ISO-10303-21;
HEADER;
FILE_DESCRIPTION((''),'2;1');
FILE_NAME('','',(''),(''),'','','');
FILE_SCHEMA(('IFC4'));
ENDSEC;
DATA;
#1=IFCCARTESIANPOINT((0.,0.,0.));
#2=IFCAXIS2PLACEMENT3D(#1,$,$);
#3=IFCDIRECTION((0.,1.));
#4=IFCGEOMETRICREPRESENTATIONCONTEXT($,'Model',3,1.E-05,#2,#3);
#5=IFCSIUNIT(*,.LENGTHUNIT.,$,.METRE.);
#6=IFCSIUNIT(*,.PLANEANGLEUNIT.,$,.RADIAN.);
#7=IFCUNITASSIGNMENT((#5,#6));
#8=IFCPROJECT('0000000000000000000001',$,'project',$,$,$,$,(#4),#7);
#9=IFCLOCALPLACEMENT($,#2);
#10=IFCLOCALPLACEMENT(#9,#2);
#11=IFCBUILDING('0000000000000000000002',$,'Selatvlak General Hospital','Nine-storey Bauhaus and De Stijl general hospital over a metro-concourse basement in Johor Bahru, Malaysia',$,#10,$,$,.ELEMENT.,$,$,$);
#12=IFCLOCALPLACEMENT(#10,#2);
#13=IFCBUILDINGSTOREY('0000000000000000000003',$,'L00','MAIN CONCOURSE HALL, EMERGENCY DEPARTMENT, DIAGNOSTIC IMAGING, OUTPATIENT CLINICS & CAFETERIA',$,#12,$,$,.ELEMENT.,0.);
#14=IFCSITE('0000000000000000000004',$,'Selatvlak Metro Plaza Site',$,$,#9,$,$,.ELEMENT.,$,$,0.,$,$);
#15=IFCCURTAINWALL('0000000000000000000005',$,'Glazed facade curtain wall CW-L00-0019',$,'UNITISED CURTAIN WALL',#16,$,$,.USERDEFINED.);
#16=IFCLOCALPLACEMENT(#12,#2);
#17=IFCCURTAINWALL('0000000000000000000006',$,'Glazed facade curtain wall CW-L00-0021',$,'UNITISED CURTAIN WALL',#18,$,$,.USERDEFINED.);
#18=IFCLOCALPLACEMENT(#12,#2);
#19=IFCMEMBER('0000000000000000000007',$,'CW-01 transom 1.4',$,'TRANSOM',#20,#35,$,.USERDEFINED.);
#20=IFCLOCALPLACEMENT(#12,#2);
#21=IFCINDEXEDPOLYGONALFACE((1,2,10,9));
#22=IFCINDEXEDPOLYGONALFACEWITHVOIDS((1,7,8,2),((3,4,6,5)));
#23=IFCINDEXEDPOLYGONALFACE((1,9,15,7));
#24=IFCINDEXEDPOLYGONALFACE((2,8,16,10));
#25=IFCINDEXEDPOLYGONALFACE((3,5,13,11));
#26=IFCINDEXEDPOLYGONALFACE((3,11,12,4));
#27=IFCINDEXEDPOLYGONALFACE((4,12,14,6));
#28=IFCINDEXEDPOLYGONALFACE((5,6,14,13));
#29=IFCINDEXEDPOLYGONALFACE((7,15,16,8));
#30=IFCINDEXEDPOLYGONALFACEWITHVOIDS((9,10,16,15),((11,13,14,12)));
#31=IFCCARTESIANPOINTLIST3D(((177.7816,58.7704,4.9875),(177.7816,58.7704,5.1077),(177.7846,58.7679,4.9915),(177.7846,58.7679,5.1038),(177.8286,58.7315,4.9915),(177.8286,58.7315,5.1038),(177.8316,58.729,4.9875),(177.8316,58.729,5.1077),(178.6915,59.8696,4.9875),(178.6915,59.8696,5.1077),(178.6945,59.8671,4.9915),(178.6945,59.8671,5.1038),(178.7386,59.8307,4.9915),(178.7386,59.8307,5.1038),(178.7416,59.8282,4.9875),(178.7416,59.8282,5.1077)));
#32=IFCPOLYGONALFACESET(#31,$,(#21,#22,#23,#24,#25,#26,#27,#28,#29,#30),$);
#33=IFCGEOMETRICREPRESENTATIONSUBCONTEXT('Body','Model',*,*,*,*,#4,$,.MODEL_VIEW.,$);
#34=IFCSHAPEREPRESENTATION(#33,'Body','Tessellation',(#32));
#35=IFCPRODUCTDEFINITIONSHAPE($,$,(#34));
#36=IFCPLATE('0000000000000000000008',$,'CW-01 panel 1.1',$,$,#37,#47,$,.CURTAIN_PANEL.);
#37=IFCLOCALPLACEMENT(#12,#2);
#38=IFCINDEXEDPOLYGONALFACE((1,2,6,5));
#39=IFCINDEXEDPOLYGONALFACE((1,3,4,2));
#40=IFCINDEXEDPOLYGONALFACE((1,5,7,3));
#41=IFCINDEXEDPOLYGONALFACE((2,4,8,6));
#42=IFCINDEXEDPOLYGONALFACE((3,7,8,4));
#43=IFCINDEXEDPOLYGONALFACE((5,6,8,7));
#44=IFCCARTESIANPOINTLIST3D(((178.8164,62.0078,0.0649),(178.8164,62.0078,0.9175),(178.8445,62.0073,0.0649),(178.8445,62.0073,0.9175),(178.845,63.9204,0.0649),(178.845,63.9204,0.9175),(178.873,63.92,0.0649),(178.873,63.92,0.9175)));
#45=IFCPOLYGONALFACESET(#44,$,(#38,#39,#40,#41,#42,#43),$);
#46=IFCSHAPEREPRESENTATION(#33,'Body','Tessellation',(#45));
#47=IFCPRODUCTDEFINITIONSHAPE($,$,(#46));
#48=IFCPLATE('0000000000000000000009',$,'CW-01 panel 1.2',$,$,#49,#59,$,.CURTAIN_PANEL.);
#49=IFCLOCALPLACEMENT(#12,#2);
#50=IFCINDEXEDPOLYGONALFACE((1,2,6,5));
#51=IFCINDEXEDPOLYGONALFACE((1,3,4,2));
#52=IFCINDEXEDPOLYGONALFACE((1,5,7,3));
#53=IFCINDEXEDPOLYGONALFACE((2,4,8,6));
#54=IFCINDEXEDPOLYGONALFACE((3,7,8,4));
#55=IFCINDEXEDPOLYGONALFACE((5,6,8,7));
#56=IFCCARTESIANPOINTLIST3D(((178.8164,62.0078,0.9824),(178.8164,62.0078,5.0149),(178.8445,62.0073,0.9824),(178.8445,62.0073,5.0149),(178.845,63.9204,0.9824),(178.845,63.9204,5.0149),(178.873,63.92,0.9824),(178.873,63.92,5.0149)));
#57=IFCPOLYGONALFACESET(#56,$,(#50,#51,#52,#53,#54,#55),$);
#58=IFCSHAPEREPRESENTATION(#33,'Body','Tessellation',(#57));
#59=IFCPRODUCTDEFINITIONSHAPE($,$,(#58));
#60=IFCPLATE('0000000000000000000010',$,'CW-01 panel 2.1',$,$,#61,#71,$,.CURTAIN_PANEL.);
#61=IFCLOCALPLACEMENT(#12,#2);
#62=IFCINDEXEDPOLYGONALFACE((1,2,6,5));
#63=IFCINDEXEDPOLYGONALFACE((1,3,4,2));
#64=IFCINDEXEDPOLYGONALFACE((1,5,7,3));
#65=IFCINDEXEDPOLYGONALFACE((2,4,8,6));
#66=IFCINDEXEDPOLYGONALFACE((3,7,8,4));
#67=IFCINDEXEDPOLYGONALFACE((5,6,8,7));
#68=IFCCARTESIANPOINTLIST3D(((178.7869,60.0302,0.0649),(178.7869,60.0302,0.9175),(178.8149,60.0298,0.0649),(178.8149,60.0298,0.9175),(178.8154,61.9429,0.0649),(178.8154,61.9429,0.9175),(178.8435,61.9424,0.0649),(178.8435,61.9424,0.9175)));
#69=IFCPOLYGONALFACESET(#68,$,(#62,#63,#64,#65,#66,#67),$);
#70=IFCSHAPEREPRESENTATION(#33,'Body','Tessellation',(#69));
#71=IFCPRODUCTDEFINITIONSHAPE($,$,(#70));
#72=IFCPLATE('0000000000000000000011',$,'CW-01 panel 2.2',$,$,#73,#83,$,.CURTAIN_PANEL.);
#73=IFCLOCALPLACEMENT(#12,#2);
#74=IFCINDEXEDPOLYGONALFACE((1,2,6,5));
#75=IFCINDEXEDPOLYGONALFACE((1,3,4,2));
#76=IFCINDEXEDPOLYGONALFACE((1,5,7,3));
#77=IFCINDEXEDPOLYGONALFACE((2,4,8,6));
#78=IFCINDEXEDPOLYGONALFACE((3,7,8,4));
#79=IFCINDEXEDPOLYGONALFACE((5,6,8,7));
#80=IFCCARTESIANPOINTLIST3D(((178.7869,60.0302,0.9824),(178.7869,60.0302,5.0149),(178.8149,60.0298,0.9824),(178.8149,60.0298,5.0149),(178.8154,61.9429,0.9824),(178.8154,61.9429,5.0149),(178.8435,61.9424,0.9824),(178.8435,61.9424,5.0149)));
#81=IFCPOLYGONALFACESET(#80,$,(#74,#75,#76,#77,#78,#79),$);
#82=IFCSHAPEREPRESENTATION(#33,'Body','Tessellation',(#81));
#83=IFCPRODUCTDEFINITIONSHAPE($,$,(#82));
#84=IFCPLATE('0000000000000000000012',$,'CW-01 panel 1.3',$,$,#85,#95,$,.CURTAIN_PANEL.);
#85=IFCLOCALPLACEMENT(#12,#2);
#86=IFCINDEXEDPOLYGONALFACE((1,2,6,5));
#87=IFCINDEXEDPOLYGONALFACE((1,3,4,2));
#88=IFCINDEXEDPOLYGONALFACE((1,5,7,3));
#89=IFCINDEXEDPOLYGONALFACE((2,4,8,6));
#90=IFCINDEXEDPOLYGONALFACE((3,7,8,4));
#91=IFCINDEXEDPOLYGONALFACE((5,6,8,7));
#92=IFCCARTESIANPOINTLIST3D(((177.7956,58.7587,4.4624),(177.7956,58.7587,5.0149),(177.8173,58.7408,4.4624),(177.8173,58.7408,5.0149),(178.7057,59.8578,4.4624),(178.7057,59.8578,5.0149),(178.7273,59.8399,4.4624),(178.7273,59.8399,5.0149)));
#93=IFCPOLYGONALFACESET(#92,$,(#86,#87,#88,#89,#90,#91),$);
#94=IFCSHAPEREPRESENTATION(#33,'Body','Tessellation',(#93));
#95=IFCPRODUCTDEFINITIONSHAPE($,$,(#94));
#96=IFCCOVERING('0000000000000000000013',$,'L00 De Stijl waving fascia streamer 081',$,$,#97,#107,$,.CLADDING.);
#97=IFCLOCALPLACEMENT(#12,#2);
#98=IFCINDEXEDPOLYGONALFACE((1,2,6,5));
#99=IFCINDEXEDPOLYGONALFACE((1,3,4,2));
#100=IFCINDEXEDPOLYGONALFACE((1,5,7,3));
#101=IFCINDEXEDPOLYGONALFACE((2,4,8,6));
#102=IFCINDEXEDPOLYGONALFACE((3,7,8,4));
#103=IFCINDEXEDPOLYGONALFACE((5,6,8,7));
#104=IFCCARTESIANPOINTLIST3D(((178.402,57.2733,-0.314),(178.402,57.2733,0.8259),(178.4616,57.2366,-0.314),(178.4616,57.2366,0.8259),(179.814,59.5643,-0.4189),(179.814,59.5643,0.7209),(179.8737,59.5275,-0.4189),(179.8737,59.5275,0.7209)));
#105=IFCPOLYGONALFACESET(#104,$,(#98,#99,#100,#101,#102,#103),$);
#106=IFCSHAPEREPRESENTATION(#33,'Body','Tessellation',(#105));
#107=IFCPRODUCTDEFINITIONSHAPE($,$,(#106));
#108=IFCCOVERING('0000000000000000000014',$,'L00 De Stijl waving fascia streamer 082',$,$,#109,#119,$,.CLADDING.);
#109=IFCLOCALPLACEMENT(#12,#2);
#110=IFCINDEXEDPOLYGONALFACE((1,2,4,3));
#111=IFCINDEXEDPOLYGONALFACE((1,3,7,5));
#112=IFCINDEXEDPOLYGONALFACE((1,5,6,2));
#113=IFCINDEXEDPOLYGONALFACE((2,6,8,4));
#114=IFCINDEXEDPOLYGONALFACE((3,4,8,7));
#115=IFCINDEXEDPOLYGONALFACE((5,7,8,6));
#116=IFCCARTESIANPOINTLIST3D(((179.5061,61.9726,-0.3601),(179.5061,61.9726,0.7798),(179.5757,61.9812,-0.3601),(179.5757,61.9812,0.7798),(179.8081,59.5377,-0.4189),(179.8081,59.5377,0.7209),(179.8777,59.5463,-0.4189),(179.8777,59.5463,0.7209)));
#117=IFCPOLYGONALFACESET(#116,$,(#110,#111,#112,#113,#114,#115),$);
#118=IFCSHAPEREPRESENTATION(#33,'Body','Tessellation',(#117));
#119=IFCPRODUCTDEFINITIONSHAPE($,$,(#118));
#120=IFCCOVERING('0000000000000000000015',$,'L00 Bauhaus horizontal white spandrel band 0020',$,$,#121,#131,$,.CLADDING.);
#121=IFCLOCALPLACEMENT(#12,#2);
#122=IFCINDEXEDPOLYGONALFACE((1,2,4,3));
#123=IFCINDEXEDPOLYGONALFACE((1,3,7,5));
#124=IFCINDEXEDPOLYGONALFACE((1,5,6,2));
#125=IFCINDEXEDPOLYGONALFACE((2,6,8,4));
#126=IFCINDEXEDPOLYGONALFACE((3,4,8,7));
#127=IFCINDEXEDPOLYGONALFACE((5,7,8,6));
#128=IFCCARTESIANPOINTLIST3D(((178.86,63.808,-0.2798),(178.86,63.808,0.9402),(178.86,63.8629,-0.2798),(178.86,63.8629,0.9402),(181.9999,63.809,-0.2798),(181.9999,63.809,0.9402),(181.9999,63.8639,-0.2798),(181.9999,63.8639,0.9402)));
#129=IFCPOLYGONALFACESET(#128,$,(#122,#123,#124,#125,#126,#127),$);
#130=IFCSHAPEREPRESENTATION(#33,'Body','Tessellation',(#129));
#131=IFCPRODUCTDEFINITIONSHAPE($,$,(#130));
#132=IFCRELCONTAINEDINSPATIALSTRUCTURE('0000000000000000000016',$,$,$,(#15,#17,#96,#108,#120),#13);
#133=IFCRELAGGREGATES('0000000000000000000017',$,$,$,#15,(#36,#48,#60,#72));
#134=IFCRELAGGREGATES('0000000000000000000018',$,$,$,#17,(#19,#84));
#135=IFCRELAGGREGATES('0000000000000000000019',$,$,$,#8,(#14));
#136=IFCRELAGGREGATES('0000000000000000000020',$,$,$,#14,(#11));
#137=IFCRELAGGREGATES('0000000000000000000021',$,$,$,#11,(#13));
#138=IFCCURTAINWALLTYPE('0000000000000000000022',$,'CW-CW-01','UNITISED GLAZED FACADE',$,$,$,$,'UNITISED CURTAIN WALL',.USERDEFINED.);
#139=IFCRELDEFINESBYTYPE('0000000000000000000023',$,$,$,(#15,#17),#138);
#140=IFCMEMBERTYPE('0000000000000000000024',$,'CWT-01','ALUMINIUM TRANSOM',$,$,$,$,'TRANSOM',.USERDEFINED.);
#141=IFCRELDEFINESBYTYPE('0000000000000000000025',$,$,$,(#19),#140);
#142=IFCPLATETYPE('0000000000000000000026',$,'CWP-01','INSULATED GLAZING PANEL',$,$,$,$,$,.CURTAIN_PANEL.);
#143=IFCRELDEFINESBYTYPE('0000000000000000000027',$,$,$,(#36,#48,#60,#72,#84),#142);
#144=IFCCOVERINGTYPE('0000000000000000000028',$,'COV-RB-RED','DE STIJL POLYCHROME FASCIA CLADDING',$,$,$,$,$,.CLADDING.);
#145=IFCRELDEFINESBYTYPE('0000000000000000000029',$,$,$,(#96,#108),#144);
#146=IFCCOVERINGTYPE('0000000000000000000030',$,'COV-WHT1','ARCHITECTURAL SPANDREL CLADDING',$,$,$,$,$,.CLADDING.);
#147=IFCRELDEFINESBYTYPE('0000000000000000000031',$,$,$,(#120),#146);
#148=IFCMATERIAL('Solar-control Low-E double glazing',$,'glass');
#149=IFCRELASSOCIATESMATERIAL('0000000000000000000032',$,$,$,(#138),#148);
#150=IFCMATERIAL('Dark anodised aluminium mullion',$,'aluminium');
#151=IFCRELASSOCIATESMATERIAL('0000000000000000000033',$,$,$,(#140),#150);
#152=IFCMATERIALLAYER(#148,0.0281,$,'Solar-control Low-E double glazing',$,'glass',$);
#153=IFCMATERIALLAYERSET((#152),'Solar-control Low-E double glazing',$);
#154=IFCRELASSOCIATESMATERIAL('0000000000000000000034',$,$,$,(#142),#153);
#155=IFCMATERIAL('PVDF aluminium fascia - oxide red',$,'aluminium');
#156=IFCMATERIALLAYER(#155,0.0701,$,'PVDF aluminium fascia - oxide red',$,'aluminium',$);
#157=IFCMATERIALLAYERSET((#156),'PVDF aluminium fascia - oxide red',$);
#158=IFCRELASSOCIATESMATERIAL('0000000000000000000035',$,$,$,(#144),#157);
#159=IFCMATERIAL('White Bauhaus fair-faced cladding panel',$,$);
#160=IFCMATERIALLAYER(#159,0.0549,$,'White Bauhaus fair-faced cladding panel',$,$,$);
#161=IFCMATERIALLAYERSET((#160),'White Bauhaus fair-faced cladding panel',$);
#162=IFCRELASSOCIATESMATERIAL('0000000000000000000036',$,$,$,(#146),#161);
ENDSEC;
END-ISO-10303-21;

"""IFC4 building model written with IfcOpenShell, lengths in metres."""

from ifc_helpers import new_model, si_unit, direction, frame, origin, origin_2d, place, context, subcontext, project, spatial, polyline, rectangle, hollow_rectangle, outline, extrude, material, layer, layer_set, material_profile, profile_set, type_object, element, aggregate, save


model = new_model("IFC4")

# Units and contexts
model_context = context("Model", 3, precision=1e-05, world=origin(), true_north=direction((0.0, 1.0)))
body_context = subcontext(model_context, "Body", "Model", "MODEL_VIEW")
ifc_project = project(units=[si_unit("LENGTHUNIT", "METRE"), si_unit("PLANEANGLEUNIT", "RADIAN")], contexts=[model_context])

# Site, building, storey
site_placement = place(None, origin())
site = spatial("IfcSite", under=ifc_project, at=site_placement, Name="Selatvlak Metro Plaza Site", CompositionType="ELEMENT", RefElevation=0.0)
building_placement = place(site_placement, origin())
building = spatial("IfcBuilding", under=site, at=building_placement, Name="Selatvlak General Hospital", Description="Nine-storey Bauhaus and De Stijl general hospital over a metro-concourse basement in Johor Bahru, Malaysia", CompositionType="ELEMENT")
storey_placement = place(building_placement, origin())
storey = spatial("IfcBuildingStorey", under=building, at=storey_placement, Name="L00", Description="MAIN CONCOURSE HALL, EMERGENCY DEPARTMENT, DIAGNOSTIC IMAGING, OUTPATIENT CLINICS & CAFETERIA", CompositionType="ELEMENT", Elevation=0.0)

# Curtain wall
ifc_material_1 = material(Name="Solar-control Low-E double glazing", Category="glass")
curtain_wall_type = type_object("IfcCurtainWallType", Name="CW-CW-01", Description="UNITISED GLAZED FACADE", ElementType="UNITISED CURTAIN WALL", PredefinedType="USERDEFINED", material=ifc_material_1)
curtain_wall_1_placement = place(storey_placement, origin())
curtain_wall_1 = element("IfcCurtainWall", 1, at=curtain_wall_1_placement, inside=storey, type_object=curtain_wall_type, Name="Glazed facade curtain wall CW-L00-0019", ObjectType="UNITISED CURTAIN WALL", PredefinedType="USERDEFINED")
ifc_material_2 = material(Name="Dark anodised aluminium mullion", Category="aluminium")

# Curtain wall
curtain_wall_2_placement = place(storey_placement, origin())
curtain_wall_2 = element("IfcCurtainWall", 2, at=curtain_wall_2_placement, inside=storey, type_object=curtain_wall_type, Name="Glazed facade curtain wall CW-L00-0021", ObjectType="UNITISED CURTAIN WALL", PredefinedType="USERDEFINED")

# Member
ifc_material_profile_1 = material_profile(ifc_material_2, hollow_rectangle(XDim=0.0649, YDim=0.1201, WallThickness=0.0039, at=origin_2d()), Name="AL-TRN 65x120x4")
ifc_profile_set_1 = profile_set([ifc_material_profile_1], Name="Dark anodised aluminium mullion")
member_type_1 = type_object("IfcMemberType", Name="CWT-01", Description="ALUMINIUM TRANSOM", ElementType="TRANSOM", PredefinedType="USERDEFINED", material=ifc_profile_set_1)
member_1_placement = place(storey_placement, frame((178.7166, 59.8489, 5.0476), z_axis=(-0.63769, -0.770293, 0.0), x_axis=(0.770293, -0.63769, 0.0)))
member_1 = element("IfcMember", 3, at=member_1_placement, type_object=member_type_1, Name="CW-01 transom 1.4", ObjectType="TRANSOM", PredefinedType="USERDEFINED", context=body_context, shape_type="SweptSolid", body=[
    extrude(hollow_rectangle(XDim=0.0649, YDim=0.1201, WallThickness=0.0039, at=origin_2d()), origin(), (0.0, 0.0, 1.0), 1.427),
])

# Plates
ifc_layer_1 = layer(ifc_material_1, 0.0281, Name="Solar-control Low-E double glazing", Category="glass")
ifc_layer_set_1 = layer_set([ifc_layer_1], Name="Solar-control Low-E double glazing")
plate_type = type_object("IfcPlateType", Name="CWP-01", Description="INSULATED GLAZING PANEL", PredefinedType="CURTAIN_PANEL", material=ifc_layer_set_1)
plate_1_placement = place(storey_placement, frame((178.8447, 62.9639, 0.0649), z_axis=(0.0, 0.0, 1.0), x_axis=(-0.014924, -0.999889, 0.0)))
plate_1 = element("IfcPlate", 4, at=plate_1_placement, type_object=plate_type, Name="CW-01 panel 1.1", PredefinedType="CURTAIN_PANEL", context=body_context, shape_type="SweptSolid", body=[
    extrude(rectangle(XDim=1.9128, YDim=0.0281, at=origin_2d()), origin(), (0.0, 0.0, 1.0), 0.8525),
])
plate_2_placement = place(storey_placement, frame((178.8447, 62.9639, 0.9824), z_axis=(0.0, 0.0, 1.0), x_axis=(-0.014924, -0.999889, 0.0)))
plate_2 = element("IfcPlate", 5, at=plate_2_placement, type_object=plate_type, Name="CW-01 panel 1.2", PredefinedType="CURTAIN_PANEL", context=body_context, shape_type="SweptSolid", body=[
    extrude(rectangle(XDim=1.9128, YDim=0.0281, at=origin_2d()), origin(), (0.0, 0.0, 1.0), 4.0325),
])
plate_3_placement = place(storey_placement, frame((178.8152, 60.9863, 0.0649), z_axis=(0.0, 0.0, 1.0), x_axis=(-0.014924, -0.999889, 0.0)))
plate_3 = element("IfcPlate", 6, at=plate_3_placement, type_object=plate_type, Name="CW-01 panel 2.1", PredefinedType="CURTAIN_PANEL", context=body_context, shape_type="SweptSolid", body=[
    extrude(rectangle(XDim=1.9128, YDim=0.0281, at=origin_2d()), origin(), (0.0, 0.0, 1.0), 0.8525),
])
plate_4_placement = place(storey_placement, frame((178.8152, 60.9863, 0.9824), z_axis=(0.0, 0.0, 1.0), x_axis=(-0.014924, -0.999889, 0.0)))
plate_4 = element("IfcPlate", 7, at=plate_4_placement, type_object=plate_type, Name="CW-01 panel 2.2", PredefinedType="CURTAIN_PANEL", context=body_context, shape_type="SweptSolid", body=[
    extrude(rectangle(XDim=1.9128, YDim=0.0281, at=origin_2d()), origin(), (0.0, 0.0, 1.0), 4.0325),
])
aggregate(curtain_wall_1, [plate_1, plate_2, plate_3, plate_4])
plate_5_placement = place(storey_placement, frame((178.2615, 59.2993, 4.4624), z_axis=(0.0, 0.0, 1.0), x_axis=(-0.63774, -0.770252, 0.0)))
plate_5 = element("IfcPlate", 8, at=plate_5_placement, type_object=plate_type, Name="CW-01 panel 1.3", PredefinedType="CURTAIN_PANEL", context=body_context, shape_type="SweptSolid", body=[
    extrude(rectangle(XDim=1.427, YDim=0.0281, at=origin_2d()), origin(), (0.0, 0.0, 1.0), 0.5525),
])
aggregate(curtain_wall_2, [member_1, plate_5])

# Coverings
ifc_material_3 = material(Name="PVDF aluminium fascia - oxide red", Category="aluminium")
ifc_layer_2 = layer(ifc_material_3, 0.0701, Name="PVDF aluminium fascia - oxide red", Category="aluminium")
ifc_layer_set_2 = layer_set([ifc_layer_2], Name="PVDF aluminium fascia - oxide red")
covering_type_1 = type_object("IfcCoveringType", Name="COV-RB-RED", Description="DE STIJL POLYCHROME FASCIA CLADDING", PredefinedType="CLADDING", material=ifc_layer_set_2)
covering_1_placement = place(storey_placement, frame((178.4319, 57.2549, -0.314), z_axis=(0.0, 0.0, 1.0), x_axis=(0.524705, 0.851284, 0.0)))
element("IfcCovering", 9, at=covering_1_placement, inside=storey, type_object=covering_type_1, Name="L00 De Stijl waving fascia streamer 081", PredefinedType="CLADDING", context=body_context, shape_type="SweptSolid", body=[
    extrude(outline(polyline([(0.0, 0.0), (2.6912, -0.105), (2.6912, 1.0349), (0.0, 1.1399), (0.0, 0.0)])), frame((0.0, 0.0352, 0.0), z_axis=(0.0, -1.0, 0.0), x_axis=(1.0, 0.0, 0.0)), (0.0, 0.0, 1.0), 0.0701),
])
covering_2_placement = place(storey_placement, frame((179.843, 59.542, -0.4189), z_axis=(0.0, 0.0, 1.0), x_axis=(-0.123079, 0.992397, 0.0)))
element("IfcCovering", 10, at=covering_2_placement, inside=storey, type_object=covering_type_1, Name="L00 De Stijl waving fascia streamer 082", PredefinedType="CLADDING", context=body_context, shape_type="SweptSolid", body=[
    extrude(outline(polyline([(0.0, 0.0), (2.4536, 0.0588), (2.4536, 1.1987), (0.0, 1.1399), (0.0, 0.0)])), frame((0.0, 0.0352, 0.0), z_axis=(0.0, -1.0, 0.0), x_axis=(1.0, 0.0, 0.0)), (0.0, 0.0, 1.0), 0.0701),
])
ifc_material_4 = material(Name="White Bauhaus fair-faced cladding panel")
ifc_layer_3 = layer(ifc_material_4, 0.0549, Name="White Bauhaus fair-faced cladding panel")
ifc_layer_set_3 = layer_set([ifc_layer_3], Name="White Bauhaus fair-faced cladding panel")
covering_type_2 = type_object("IfcCoveringType", Name="COV-WHT1", Description="ARCHITECTURAL SPANDREL CLADDING", PredefinedType="CLADDING", material=ifc_layer_set_3)
covering_3_placement = place(storey_placement, frame((180.4299, 63.8359, -0.2798), z_axis=(0.0, 0.0, 1.0), x_axis=(-1.0, -0.000314, 0.0)))
element("IfcCovering", 11, at=covering_3_placement, inside=storey, type_object=covering_type_2, Name="L00 Bauhaus horizontal white spandrel band 0020", PredefinedType="CLADDING", context=body_context, shape_type="SweptSolid", body=[
    extrude(rectangle(XDim=3.1399, YDim=0.0549, at=origin_2d()), origin(), (0.0, 0.0, 1.0), 1.22),
])

save(model, "model.ifc")
